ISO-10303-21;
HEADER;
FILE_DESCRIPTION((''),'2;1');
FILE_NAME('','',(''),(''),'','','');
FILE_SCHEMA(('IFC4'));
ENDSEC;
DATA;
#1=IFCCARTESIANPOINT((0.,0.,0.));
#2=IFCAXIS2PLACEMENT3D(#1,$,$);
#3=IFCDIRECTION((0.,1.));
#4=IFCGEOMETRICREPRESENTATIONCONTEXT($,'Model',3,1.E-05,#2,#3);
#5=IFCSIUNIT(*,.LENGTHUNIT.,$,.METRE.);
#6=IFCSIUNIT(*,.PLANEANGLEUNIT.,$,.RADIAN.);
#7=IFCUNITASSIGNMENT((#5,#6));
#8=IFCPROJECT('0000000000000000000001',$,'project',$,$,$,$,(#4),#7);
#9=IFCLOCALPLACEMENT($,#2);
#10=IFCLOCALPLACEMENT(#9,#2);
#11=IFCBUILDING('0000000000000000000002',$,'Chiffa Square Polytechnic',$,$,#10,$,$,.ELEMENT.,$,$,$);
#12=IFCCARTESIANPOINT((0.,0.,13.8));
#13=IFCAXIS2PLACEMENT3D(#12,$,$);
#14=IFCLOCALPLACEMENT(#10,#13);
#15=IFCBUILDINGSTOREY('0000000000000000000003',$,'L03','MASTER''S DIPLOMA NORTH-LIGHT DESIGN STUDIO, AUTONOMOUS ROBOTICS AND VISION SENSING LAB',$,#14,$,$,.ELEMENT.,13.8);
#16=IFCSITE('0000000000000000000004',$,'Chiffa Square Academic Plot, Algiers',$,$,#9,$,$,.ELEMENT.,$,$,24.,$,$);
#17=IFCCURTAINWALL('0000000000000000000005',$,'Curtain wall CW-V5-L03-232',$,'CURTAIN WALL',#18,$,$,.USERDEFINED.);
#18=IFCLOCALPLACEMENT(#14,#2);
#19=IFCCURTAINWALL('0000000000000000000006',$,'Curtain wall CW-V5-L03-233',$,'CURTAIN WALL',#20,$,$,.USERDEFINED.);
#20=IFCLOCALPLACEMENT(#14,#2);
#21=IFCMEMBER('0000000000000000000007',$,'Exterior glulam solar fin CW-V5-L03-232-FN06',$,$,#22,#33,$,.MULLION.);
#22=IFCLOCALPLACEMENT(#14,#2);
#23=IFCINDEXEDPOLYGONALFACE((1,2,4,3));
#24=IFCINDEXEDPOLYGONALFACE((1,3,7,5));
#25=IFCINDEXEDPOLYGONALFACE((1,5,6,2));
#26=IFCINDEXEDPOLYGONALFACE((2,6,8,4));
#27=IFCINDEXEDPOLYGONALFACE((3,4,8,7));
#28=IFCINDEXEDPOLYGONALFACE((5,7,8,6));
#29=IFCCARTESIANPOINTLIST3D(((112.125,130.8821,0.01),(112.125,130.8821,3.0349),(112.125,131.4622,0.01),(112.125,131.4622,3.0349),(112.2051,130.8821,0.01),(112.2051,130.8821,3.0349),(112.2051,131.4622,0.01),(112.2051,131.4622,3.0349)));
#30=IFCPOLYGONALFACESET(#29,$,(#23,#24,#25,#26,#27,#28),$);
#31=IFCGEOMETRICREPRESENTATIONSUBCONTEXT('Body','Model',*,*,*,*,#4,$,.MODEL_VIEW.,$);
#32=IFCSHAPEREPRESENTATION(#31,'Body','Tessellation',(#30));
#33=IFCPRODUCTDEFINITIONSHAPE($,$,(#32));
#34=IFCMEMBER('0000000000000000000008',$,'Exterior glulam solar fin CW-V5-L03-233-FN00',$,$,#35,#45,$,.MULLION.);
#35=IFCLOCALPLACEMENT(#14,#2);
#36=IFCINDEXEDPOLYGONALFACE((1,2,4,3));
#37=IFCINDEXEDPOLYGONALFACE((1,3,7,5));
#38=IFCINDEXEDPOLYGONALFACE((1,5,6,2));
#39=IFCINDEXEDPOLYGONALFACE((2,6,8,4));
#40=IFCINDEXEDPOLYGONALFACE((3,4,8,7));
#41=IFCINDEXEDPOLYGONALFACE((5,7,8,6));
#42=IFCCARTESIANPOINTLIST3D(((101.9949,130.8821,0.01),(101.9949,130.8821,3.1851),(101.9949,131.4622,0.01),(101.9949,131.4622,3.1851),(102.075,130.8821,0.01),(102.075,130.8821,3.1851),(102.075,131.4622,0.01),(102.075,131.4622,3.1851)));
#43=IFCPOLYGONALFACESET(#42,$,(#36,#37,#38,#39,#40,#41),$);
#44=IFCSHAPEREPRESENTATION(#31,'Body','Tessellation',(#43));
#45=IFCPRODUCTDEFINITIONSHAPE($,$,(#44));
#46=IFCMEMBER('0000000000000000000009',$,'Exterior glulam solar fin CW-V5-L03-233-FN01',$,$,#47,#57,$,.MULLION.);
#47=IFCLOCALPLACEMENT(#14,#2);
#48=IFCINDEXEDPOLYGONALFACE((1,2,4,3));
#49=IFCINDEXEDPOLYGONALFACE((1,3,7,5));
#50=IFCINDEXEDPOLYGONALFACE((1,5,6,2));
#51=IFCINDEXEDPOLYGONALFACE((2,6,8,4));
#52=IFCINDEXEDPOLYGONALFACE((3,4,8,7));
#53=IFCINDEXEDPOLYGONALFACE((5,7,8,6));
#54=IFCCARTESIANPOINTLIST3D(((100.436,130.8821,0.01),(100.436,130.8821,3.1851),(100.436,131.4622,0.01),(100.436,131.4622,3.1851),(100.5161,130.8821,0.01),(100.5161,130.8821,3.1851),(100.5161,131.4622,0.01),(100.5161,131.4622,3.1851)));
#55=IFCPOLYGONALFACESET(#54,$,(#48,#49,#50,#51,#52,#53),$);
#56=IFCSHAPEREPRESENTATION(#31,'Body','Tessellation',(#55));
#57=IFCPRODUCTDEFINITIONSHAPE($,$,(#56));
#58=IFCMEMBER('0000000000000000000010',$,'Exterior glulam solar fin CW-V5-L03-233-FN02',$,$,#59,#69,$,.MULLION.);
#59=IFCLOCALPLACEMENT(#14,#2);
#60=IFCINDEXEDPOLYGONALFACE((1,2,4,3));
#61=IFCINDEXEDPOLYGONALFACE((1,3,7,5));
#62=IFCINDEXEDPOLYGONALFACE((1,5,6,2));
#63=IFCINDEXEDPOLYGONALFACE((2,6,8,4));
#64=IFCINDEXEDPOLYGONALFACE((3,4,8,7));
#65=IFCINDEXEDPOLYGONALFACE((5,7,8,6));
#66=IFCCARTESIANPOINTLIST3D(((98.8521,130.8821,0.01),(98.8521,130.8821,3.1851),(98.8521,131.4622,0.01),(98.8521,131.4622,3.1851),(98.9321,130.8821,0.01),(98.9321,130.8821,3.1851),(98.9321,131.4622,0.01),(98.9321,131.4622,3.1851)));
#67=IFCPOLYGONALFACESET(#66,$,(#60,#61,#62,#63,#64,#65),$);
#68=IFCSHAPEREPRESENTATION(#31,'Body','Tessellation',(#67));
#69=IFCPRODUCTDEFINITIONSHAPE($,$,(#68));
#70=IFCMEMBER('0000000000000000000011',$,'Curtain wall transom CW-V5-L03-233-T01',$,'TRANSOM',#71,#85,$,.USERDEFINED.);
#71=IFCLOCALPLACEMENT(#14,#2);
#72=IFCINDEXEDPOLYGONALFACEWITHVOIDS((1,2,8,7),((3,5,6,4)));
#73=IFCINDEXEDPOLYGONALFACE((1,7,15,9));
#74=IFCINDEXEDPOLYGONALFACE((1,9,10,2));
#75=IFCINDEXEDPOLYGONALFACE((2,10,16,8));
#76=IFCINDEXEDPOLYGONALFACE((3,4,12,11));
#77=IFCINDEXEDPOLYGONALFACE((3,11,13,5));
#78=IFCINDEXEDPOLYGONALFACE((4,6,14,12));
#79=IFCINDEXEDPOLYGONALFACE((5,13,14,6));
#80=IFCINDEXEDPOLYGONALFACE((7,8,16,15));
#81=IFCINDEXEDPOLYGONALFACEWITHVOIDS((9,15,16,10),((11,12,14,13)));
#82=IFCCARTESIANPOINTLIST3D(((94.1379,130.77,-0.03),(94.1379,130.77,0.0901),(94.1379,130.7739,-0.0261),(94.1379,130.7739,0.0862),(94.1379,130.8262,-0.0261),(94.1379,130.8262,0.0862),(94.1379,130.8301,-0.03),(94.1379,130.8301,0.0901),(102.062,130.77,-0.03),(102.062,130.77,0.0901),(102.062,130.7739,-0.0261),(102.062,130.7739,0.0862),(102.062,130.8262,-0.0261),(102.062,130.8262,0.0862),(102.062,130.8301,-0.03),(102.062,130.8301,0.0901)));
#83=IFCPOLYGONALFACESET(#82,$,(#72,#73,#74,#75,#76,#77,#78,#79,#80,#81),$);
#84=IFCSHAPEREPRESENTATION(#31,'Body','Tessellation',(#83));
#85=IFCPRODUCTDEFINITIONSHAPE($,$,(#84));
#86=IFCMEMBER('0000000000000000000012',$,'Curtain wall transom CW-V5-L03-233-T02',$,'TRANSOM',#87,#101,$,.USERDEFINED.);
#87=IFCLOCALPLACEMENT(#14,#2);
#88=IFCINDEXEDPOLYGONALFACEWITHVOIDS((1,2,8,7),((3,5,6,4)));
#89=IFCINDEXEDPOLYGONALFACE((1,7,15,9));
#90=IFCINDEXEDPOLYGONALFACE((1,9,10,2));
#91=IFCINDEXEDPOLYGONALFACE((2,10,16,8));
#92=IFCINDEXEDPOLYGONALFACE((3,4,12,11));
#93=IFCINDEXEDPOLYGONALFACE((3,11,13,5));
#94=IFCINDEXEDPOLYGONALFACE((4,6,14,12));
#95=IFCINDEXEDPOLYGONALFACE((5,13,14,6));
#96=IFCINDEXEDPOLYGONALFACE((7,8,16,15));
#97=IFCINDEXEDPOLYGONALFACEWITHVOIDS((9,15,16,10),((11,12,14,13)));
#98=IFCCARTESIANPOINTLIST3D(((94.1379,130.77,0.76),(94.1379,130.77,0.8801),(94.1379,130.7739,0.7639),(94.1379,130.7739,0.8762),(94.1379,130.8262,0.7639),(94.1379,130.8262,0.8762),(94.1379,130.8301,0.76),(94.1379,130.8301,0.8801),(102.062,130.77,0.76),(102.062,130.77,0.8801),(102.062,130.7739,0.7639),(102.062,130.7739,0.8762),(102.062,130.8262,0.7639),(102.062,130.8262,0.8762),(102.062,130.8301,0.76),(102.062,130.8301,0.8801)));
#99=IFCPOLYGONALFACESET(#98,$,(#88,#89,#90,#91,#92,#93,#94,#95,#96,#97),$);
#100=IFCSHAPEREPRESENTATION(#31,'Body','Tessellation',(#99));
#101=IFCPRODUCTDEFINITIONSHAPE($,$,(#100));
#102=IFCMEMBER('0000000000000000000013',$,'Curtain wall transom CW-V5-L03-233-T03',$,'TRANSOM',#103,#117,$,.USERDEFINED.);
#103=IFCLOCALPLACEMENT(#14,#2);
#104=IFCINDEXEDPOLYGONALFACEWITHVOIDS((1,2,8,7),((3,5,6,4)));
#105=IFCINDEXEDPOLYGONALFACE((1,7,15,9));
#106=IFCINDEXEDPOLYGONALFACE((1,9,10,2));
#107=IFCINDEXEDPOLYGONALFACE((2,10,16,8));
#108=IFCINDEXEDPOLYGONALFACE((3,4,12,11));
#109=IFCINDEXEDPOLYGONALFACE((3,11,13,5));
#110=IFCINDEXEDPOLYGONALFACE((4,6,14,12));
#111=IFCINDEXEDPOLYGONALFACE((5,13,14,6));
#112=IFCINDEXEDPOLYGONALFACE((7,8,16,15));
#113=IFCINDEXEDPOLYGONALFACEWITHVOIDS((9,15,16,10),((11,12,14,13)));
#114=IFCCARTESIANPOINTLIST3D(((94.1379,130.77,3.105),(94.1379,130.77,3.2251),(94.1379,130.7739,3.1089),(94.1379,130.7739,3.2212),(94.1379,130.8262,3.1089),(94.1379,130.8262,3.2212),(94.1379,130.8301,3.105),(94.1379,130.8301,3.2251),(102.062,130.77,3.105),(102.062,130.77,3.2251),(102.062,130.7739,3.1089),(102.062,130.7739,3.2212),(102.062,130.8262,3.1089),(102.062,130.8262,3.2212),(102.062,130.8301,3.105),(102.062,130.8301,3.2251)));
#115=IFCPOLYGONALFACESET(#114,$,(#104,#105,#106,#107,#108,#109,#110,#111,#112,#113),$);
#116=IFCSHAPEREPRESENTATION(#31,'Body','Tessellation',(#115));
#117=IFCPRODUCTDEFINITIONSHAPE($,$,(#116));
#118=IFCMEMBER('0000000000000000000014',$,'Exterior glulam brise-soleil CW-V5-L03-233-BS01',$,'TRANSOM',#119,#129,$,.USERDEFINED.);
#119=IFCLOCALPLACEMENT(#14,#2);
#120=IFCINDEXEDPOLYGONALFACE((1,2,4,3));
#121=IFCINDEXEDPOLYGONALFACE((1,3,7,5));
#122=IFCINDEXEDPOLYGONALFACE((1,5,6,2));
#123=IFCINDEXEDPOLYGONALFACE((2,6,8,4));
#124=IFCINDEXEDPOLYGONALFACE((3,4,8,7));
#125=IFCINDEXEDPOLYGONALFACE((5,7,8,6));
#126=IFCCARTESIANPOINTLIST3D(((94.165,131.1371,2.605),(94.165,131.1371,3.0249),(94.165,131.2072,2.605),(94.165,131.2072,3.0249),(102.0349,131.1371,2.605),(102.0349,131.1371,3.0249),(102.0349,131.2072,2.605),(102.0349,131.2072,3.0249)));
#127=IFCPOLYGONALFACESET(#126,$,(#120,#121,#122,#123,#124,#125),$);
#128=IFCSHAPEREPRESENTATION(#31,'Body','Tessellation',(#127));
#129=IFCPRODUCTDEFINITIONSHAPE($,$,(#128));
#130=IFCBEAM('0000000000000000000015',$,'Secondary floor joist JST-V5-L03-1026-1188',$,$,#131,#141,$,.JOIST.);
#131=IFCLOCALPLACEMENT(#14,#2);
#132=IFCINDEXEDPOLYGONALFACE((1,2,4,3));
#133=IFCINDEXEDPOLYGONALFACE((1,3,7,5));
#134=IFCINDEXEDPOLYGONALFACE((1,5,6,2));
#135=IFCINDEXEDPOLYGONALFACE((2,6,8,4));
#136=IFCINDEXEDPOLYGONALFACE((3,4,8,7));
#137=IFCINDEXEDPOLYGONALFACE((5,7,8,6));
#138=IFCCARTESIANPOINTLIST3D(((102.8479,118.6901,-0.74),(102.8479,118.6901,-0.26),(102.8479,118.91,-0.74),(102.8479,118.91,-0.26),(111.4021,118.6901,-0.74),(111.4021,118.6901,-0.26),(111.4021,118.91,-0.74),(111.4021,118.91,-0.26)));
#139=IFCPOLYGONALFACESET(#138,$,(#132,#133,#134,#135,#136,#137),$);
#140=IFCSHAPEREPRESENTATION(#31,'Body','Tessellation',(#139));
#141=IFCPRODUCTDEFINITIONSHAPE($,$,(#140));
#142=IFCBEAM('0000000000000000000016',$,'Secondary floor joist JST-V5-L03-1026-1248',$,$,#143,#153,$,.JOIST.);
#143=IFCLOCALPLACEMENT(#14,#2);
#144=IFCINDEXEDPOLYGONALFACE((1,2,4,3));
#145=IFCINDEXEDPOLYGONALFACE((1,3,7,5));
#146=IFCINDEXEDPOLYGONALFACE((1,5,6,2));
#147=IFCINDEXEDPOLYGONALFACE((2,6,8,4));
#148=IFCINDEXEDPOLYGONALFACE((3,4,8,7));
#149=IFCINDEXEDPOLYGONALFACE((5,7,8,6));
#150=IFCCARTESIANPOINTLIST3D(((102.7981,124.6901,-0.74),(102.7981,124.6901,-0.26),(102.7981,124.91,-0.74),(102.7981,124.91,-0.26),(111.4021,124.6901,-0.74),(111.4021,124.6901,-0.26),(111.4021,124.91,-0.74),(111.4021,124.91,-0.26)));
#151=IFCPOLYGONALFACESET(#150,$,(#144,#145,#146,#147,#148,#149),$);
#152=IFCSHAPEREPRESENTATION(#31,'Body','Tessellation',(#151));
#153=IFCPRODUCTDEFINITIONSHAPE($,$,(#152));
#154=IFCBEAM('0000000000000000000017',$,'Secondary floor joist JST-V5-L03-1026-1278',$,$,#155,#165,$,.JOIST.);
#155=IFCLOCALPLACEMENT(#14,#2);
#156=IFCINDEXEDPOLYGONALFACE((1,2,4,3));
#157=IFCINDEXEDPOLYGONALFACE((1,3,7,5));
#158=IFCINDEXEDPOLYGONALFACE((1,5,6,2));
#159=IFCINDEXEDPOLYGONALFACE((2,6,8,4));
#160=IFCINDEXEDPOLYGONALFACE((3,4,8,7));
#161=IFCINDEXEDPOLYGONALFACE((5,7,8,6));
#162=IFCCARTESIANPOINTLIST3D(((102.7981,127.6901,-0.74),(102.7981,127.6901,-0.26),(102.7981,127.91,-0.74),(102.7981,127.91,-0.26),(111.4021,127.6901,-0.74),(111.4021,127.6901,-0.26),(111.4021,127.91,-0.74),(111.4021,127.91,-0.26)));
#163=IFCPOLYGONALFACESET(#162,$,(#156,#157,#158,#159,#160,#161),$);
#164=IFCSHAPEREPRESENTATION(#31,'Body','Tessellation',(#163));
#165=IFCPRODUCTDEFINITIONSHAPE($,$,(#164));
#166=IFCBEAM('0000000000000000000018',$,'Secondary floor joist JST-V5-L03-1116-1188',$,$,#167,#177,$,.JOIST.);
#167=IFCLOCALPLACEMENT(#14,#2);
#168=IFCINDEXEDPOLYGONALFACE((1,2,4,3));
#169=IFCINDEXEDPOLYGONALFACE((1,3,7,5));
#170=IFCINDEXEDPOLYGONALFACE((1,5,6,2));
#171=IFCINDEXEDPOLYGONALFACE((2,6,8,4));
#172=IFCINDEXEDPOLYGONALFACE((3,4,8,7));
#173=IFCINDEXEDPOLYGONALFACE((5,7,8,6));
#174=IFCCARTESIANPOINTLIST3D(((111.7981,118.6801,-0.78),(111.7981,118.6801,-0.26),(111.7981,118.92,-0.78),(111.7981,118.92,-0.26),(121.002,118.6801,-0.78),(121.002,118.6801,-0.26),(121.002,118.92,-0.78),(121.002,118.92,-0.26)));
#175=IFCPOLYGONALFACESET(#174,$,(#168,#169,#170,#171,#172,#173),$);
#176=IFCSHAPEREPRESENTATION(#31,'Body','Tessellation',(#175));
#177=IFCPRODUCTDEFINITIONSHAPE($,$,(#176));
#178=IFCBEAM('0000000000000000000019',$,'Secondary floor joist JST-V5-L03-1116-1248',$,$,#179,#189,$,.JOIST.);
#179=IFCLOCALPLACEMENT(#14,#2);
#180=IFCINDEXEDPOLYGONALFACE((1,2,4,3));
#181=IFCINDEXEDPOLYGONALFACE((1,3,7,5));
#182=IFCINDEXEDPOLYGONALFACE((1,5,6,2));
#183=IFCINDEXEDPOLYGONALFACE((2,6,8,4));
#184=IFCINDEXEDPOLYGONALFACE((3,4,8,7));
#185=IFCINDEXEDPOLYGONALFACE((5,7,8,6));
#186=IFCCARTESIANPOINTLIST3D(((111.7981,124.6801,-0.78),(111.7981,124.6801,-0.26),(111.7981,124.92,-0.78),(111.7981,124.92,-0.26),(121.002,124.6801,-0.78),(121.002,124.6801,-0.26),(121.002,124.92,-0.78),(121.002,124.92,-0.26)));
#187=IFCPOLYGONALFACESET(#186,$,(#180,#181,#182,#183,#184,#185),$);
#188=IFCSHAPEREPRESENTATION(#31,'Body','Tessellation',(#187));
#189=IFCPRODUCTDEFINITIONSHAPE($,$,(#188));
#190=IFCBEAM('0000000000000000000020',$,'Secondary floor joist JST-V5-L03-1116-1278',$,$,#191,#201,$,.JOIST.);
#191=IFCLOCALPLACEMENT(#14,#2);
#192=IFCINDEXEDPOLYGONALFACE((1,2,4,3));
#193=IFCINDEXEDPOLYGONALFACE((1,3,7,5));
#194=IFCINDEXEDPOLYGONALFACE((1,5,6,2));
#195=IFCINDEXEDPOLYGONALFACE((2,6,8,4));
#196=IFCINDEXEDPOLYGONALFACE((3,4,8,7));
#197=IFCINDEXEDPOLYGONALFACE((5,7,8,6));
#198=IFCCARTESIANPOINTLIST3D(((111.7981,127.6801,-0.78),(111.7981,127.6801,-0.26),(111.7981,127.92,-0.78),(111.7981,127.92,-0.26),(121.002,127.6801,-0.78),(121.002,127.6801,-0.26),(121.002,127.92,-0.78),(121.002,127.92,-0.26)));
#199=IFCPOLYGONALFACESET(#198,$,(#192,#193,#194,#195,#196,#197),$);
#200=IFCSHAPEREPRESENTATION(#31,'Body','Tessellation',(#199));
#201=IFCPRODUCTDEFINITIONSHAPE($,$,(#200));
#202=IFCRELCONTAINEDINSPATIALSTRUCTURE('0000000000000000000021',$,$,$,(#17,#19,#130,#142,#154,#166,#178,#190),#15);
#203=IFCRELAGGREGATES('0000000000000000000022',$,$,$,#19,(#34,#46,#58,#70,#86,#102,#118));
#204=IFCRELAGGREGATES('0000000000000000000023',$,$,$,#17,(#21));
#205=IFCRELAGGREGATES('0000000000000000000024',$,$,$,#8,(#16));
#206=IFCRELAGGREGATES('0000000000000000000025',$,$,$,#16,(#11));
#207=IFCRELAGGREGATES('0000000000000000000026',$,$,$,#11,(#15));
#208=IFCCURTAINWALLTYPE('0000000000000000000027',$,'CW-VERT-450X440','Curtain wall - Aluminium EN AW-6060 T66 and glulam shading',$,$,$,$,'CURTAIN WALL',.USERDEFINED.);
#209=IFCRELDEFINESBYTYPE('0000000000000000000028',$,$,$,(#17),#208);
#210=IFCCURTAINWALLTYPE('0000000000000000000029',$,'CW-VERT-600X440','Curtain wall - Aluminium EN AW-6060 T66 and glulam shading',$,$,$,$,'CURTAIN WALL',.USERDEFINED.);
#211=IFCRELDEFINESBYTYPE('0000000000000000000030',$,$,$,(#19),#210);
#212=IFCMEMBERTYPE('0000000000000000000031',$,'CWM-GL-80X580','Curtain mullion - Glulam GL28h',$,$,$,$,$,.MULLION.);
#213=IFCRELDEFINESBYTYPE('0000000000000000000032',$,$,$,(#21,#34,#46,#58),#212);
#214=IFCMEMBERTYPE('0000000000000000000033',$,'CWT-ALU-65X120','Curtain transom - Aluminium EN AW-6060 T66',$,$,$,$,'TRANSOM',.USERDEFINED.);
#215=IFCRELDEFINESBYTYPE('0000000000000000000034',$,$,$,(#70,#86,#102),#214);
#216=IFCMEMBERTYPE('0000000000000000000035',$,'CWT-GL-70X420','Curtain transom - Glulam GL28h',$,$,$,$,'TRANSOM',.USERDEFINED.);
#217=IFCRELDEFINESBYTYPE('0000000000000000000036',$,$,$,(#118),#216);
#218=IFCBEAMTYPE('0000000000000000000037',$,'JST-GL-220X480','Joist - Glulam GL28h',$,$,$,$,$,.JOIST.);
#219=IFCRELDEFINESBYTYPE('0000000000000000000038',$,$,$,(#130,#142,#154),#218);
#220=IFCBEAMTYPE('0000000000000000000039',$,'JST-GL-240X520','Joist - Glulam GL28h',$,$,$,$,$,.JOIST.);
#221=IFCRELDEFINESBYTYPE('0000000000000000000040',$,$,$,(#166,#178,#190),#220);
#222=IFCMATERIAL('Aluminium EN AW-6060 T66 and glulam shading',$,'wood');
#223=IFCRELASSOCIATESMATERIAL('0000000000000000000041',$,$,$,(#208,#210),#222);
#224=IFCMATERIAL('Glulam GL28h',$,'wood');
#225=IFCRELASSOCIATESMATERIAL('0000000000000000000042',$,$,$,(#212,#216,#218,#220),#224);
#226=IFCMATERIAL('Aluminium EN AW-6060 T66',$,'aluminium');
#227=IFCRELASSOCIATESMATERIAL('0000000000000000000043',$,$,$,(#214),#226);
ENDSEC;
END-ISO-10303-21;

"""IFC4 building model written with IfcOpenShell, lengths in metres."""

from ifc_helpers import new_model, si_unit, direction, frame, origin, origin_2d, place, context, subcontext, project, spatial, rectangle, hollow_rectangle, extrude, material, material_profile, profile_set, type_object, element, aggregate, save


model = new_model("IFC4")

# Units and contexts
model_context = context("Model", 3, precision=1e-05, world=origin(), true_north=direction((0.0, 1.0)))
body_context = subcontext(model_context, "Body", "Model", "MODEL_VIEW")
ifc_project = project(units=[si_unit("LENGTHUNIT", "METRE"), si_unit("PLANEANGLEUNIT", "RADIAN")], contexts=[model_context])

# Site, building, storey
site_placement = place(None, origin())
site = spatial("IfcSite", under=ifc_project, at=site_placement, Name="Chiffa Square Academic Plot, Algiers", CompositionType="ELEMENT", RefElevation=24.0)
building_placement = place(site_placement, origin())
building = spatial("IfcBuilding", under=site, at=building_placement, Name="Chiffa Square Polytechnic", CompositionType="ELEMENT")
storey_placement = place(building_placement, frame((0.0, 0.0, 13.8)))
storey = spatial("IfcBuildingStorey", under=building, at=storey_placement, Name="L03", Description="MASTER'S DIPLOMA NORTH-LIGHT DESIGN STUDIO, AUTONOMOUS ROBOTICS AND VISION SENSING LAB", CompositionType="ELEMENT", Elevation=13.8)

# Curtain wall
ifc_material_1 = material(Name="Aluminium EN AW-6060 T66 and glulam shading", Category="wood")
curtain_wall_type_1 = type_object("IfcCurtainWallType", Name="CW-VERT-450X440", Description="Curtain wall - Aluminium EN AW-6060 T66 and glulam shading", ElementType="CURTAIN WALL", PredefinedType="USERDEFINED", material=ifc_material_1)
curtain_wall_1_placement = place(storey_placement, origin())
curtain_wall_1 = element("IfcCurtainWall", 1, at=curtain_wall_1_placement, inside=storey, type_object=curtain_wall_type_1, Name="Curtain wall CW-V5-L03-232", ObjectType="CURTAIN WALL", PredefinedType="USERDEFINED")
ifc_material_2 = material(Name="Aluminium EN AW-6060 T66", Category="aluminium")

# Curtain wall
curtain_wall_type_2 = type_object("IfcCurtainWallType", Name="CW-VERT-600X440", Description="Curtain wall - Aluminium EN AW-6060 T66 and glulam shading", ElementType="CURTAIN WALL", PredefinedType="USERDEFINED", material=ifc_material_1)
curtain_wall_2_placement = place(storey_placement, origin())
curtain_wall_2 = element("IfcCurtainWall", 2, at=curtain_wall_2_placement, inside=storey, type_object=curtain_wall_type_2, Name="Curtain wall CW-V5-L03-233", ObjectType="CURTAIN WALL", PredefinedType="USERDEFINED")

# Members
ifc_material_3 = material(Name="Glulam GL28h", Category="wood")
ifc_material_profile_1 = material_profile(ifc_material_3, rectangle(XDim=0.0801, YDim=0.5801, at=origin_2d()), Name="GL28h 80x580")
ifc_profile_set_1 = profile_set([ifc_material_profile_1], Name="Glulam GL28h")
member_type_1 = type_object("IfcMemberType", Name="CWM-GL-80X580", Description="Curtain mullion - Glulam GL28h", PredefinedType="MULLION", material=ifc_profile_set_1)
member_1_placement = place(storey_placement, frame((112.165, 131.1721, 0.01), z_axis=(0.0, 0.0, 1.0), x_axis=(-1.0, 0.0, 0.0)))
member_1 = element("IfcMember", 3, at=member_1_placement, type_object=member_type_1, Name="Exterior glulam solar fin CW-V5-L03-232-FN06", PredefinedType="MULLION", context=body_context, shape_type="SweptSolid", body=[
    extrude(rectangle(XDim=0.0801, YDim=0.5801, at=origin_2d()), origin(), (0.0, 0.0, 1.0), 3.0249),
])
member_2_placement = place(storey_placement, frame((102.0349, 131.1721, 0.01), z_axis=(0.0, 0.0, 1.0), x_axis=(-1.0, 0.0, 0.0)))
member_2 = element("IfcMember", 4, at=member_2_placement, type_object=member_type_1, Name="Exterior glulam solar fin CW-V5-L03-233-FN00", PredefinedType="MULLION", context=body_context, shape_type="SweptSolid", body=[
    extrude(rectangle(XDim=0.0801, YDim=0.5801, at=origin_2d()), origin(), (0.0, 0.0, 1.0), 3.175),
])
member_3_placement = place(storey_placement, frame((100.4761, 131.1721, 0.01), z_axis=(0.0, 0.0, 1.0), x_axis=(-1.0, 0.0, 0.0)))
member_3 = element("IfcMember", 5, at=member_3_placement, type_object=member_type_1, Name="Exterior glulam solar fin CW-V5-L03-233-FN01", PredefinedType="MULLION", context=body_context, shape_type="SweptSolid", body=[
    extrude(rectangle(XDim=0.0801, YDim=0.5801, at=origin_2d()), origin(), (0.0, 0.0, 1.0), 3.175),
])
member_4_placement = place(storey_placement, frame((98.8921, 131.1721, 0.01), z_axis=(0.0, 0.0, 1.0), x_axis=(-1.0, 0.0, 0.0)))
member_4 = element("IfcMember", 6, at=member_4_placement, type_object=member_type_1, Name="Exterior glulam solar fin CW-V5-L03-233-FN02", PredefinedType="MULLION", context=body_context, shape_type="SweptSolid", body=[
    extrude(rectangle(XDim=0.0801, YDim=0.5801, at=origin_2d()), origin(), (0.0, 0.0, 1.0), 3.175),
])
ifc_material_profile_2 = material_profile(ifc_material_2, hollow_rectangle(XDim=0.0601, YDim=0.1201, WallThickness=0.0039, at=origin_2d()), Name="ALU 60x120x4")
ifc_profile_set_2 = profile_set([ifc_material_profile_2], Name="Aluminium EN AW-6060 T66")
member_type_2 = type_object("IfcMemberType", Name="CWT-ALU-65X120", Description="Curtain transom - Aluminium EN AW-6060 T66", ElementType="TRANSOM", PredefinedType="USERDEFINED", material=ifc_profile_set_2)
member_5_placement = place(storey_placement, frame((102.062, 130.8, 0.03), z_axis=(-1.0, 0.0, 0.0), x_axis=(0.0, -1.0, 0.0)))
member_5 = element("IfcMember", 7, at=member_5_placement, type_object=member_type_2, Name="Curtain wall transom CW-V5-L03-233-T01", ObjectType="TRANSOM", PredefinedType="USERDEFINED", context=body_context, shape_type="SweptSolid", body=[
    extrude(hollow_rectangle(XDim=0.0601, YDim=0.1201, WallThickness=0.0039, at=origin_2d()), origin(), (0.0, 0.0, 1.0), 7.9241),
])
member_6_placement = place(storey_placement, frame((102.062, 130.8, 0.8201), z_axis=(-1.0, 0.0, 0.0), x_axis=(0.0, -1.0, 0.0)))
member_6 = element("IfcMember", 8, at=member_6_placement, type_object=member_type_2, Name="Curtain wall transom CW-V5-L03-233-T02", ObjectType="TRANSOM", PredefinedType="USERDEFINED", context=body_context, shape_type="SweptSolid", body=[
    extrude(hollow_rectangle(XDim=0.0601, YDim=0.1201, WallThickness=0.0039, at=origin_2d()), origin(), (0.0, 0.0, 1.0), 7.9241),
])
member_7_placement = place(storey_placement, frame((102.062, 130.8, 3.165), z_axis=(-1.0, 0.0, 0.0), x_axis=(0.0, -1.0, 0.0)))
member_7 = element("IfcMember", 9, at=member_7_placement, type_object=member_type_2, Name="Curtain wall transom CW-V5-L03-233-T03", ObjectType="TRANSOM", PredefinedType="USERDEFINED", context=body_context, shape_type="SweptSolid", body=[
    extrude(hollow_rectangle(XDim=0.0601, YDim=0.1201, WallThickness=0.0039, at=origin_2d()), origin(), (0.0, 0.0, 1.0), 7.9241),
])
ifc_material_profile_3 = material_profile(ifc_material_3, rectangle(XDim=0.0701, YDim=0.4199, at=origin_2d()), Name="GL28h 70x420")
ifc_profile_set_3 = profile_set([ifc_material_profile_3], Name="Glulam GL28h")
member_type_3 = type_object("IfcMemberType", Name="CWT-GL-70X420", Description="Curtain transom - Glulam GL28h", ElementType="TRANSOM", PredefinedType="USERDEFINED", material=ifc_profile_set_3)
member_8_placement = place(storey_placement, frame((102.0349, 131.1721, 2.8149), z_axis=(-1.0, 0.0, 0.0), x_axis=(0.0, -1.0, 0.0)))
member_8 = element("IfcMember", 10, at=member_8_placement, type_object=member_type_3, Name="Exterior glulam brise-soleil CW-V5-L03-233-BS01", ObjectType="TRANSOM", PredefinedType="USERDEFINED", context=body_context, shape_type="SweptSolid", body=[
    extrude(rectangle(XDim=0.0701, YDim=0.4199, at=origin_2d()), origin(), (0.0, 0.0, 1.0), 7.8699),
])

# Beams
ifc_material_profile_4 = material_profile(ifc_material_3, rectangle(XDim=0.22, YDim=0.48, at=origin_2d()), Name="GL28h 220x480")
ifc_profile_set_4 = profile_set([ifc_material_profile_4], Name="Glulam GL28h")
beam_type_1 = type_object("IfcBeamType", Name="JST-GL-220X480", Description="Joist - Glulam GL28h", PredefinedType="JOIST", material=ifc_profile_set_4)
beam_placement = place(storey_placement, frame((102.8479, 118.8, -0.5), z_axis=(1.0, 0.0, 0.0), x_axis=(0.0, 1.0, 0.0)))
element("IfcBeam", 11, at=beam_placement, inside=storey, type_object=beam_type_1, Name="Secondary floor joist JST-V5-L03-1026-1188", PredefinedType="JOIST", context=body_context, shape_type="SweptSolid", body=[
    extrude(rectangle(XDim=0.22, YDim=0.48, at=origin_2d()), origin(), (0.0, 0.0, 1.0), 8.5542),
])
for number, where, z_axis, x_axis, name in (
    (12, (102.7981, 124.8, -0.5), (1.0, 0.0, 0.0), (0.0, 1.0, 0.0), "Secondary floor joist JST-V5-L03-1026-1248"),
    (13, (102.7981, 127.8, -0.5), (1.0, 0.0, 0.0), (0.0, 1.0, 0.0), "Secondary floor joist JST-V5-L03-1026-1278"),
):
    element("IfcBeam", number, at=place(storey_placement, frame(where, z_axis=z_axis, x_axis=x_axis)), inside=storey, type_object=beam_type_1, Name=name, PredefinedType="JOIST", context=body_context, shape_type="SweptSolid", body=[
        extrude(rectangle(XDim=0.22, YDim=0.48, at=origin_2d()), origin(), (0.0, 0.0, 1.0), 8.604),
    ])
ifc_material_profile_5 = material_profile(ifc_material_3, rectangle(XDim=0.24, YDim=0.52, at=origin_2d()), Name="GL28h 240x520")
ifc_profile_set_5 = profile_set([ifc_material_profile_5], Name="Glulam GL28h")
beam_type_2 = type_object("IfcBeamType", Name="JST-GL-240X520", Description="Joist - Glulam GL28h", PredefinedType="JOIST", material=ifc_profile_set_5)
for number, where, z_axis, x_axis, name in (
    (14, (111.7981, 118.8, -0.52), (1.0, 0.0, 0.0), (0.0, 1.0, 0.0), "Secondary floor joist JST-V5-L03-1116-1188"),
    (15, (111.7981, 124.8, -0.52), (1.0, 0.0, 0.0), (0.0, 1.0, 0.0), "Secondary floor joist JST-V5-L03-1116-1248"),
    (16, (111.7981, 127.8, -0.52), (1.0, 0.0, 0.0), (0.0, 1.0, 0.0), "Secondary floor joist JST-V5-L03-1116-1278"),
):
    element("IfcBeam", number, at=place(storey_placement, frame(where, z_axis=z_axis, x_axis=x_axis)), inside=storey, type_object=beam_type_2, Name=name, PredefinedType="JOIST", context=body_context, shape_type="SweptSolid", body=[
        extrude(rectangle(XDim=0.24, YDim=0.52, at=origin_2d()), origin(), (0.0, 0.0, 1.0), 9.2039),
    ])

aggregate(curtain_wall_2, [member_2, member_3, member_4, member_5, member_6, member_7, member_8])
aggregate(curtain_wall_1, [member_1])

save(model, "model.ifc")
